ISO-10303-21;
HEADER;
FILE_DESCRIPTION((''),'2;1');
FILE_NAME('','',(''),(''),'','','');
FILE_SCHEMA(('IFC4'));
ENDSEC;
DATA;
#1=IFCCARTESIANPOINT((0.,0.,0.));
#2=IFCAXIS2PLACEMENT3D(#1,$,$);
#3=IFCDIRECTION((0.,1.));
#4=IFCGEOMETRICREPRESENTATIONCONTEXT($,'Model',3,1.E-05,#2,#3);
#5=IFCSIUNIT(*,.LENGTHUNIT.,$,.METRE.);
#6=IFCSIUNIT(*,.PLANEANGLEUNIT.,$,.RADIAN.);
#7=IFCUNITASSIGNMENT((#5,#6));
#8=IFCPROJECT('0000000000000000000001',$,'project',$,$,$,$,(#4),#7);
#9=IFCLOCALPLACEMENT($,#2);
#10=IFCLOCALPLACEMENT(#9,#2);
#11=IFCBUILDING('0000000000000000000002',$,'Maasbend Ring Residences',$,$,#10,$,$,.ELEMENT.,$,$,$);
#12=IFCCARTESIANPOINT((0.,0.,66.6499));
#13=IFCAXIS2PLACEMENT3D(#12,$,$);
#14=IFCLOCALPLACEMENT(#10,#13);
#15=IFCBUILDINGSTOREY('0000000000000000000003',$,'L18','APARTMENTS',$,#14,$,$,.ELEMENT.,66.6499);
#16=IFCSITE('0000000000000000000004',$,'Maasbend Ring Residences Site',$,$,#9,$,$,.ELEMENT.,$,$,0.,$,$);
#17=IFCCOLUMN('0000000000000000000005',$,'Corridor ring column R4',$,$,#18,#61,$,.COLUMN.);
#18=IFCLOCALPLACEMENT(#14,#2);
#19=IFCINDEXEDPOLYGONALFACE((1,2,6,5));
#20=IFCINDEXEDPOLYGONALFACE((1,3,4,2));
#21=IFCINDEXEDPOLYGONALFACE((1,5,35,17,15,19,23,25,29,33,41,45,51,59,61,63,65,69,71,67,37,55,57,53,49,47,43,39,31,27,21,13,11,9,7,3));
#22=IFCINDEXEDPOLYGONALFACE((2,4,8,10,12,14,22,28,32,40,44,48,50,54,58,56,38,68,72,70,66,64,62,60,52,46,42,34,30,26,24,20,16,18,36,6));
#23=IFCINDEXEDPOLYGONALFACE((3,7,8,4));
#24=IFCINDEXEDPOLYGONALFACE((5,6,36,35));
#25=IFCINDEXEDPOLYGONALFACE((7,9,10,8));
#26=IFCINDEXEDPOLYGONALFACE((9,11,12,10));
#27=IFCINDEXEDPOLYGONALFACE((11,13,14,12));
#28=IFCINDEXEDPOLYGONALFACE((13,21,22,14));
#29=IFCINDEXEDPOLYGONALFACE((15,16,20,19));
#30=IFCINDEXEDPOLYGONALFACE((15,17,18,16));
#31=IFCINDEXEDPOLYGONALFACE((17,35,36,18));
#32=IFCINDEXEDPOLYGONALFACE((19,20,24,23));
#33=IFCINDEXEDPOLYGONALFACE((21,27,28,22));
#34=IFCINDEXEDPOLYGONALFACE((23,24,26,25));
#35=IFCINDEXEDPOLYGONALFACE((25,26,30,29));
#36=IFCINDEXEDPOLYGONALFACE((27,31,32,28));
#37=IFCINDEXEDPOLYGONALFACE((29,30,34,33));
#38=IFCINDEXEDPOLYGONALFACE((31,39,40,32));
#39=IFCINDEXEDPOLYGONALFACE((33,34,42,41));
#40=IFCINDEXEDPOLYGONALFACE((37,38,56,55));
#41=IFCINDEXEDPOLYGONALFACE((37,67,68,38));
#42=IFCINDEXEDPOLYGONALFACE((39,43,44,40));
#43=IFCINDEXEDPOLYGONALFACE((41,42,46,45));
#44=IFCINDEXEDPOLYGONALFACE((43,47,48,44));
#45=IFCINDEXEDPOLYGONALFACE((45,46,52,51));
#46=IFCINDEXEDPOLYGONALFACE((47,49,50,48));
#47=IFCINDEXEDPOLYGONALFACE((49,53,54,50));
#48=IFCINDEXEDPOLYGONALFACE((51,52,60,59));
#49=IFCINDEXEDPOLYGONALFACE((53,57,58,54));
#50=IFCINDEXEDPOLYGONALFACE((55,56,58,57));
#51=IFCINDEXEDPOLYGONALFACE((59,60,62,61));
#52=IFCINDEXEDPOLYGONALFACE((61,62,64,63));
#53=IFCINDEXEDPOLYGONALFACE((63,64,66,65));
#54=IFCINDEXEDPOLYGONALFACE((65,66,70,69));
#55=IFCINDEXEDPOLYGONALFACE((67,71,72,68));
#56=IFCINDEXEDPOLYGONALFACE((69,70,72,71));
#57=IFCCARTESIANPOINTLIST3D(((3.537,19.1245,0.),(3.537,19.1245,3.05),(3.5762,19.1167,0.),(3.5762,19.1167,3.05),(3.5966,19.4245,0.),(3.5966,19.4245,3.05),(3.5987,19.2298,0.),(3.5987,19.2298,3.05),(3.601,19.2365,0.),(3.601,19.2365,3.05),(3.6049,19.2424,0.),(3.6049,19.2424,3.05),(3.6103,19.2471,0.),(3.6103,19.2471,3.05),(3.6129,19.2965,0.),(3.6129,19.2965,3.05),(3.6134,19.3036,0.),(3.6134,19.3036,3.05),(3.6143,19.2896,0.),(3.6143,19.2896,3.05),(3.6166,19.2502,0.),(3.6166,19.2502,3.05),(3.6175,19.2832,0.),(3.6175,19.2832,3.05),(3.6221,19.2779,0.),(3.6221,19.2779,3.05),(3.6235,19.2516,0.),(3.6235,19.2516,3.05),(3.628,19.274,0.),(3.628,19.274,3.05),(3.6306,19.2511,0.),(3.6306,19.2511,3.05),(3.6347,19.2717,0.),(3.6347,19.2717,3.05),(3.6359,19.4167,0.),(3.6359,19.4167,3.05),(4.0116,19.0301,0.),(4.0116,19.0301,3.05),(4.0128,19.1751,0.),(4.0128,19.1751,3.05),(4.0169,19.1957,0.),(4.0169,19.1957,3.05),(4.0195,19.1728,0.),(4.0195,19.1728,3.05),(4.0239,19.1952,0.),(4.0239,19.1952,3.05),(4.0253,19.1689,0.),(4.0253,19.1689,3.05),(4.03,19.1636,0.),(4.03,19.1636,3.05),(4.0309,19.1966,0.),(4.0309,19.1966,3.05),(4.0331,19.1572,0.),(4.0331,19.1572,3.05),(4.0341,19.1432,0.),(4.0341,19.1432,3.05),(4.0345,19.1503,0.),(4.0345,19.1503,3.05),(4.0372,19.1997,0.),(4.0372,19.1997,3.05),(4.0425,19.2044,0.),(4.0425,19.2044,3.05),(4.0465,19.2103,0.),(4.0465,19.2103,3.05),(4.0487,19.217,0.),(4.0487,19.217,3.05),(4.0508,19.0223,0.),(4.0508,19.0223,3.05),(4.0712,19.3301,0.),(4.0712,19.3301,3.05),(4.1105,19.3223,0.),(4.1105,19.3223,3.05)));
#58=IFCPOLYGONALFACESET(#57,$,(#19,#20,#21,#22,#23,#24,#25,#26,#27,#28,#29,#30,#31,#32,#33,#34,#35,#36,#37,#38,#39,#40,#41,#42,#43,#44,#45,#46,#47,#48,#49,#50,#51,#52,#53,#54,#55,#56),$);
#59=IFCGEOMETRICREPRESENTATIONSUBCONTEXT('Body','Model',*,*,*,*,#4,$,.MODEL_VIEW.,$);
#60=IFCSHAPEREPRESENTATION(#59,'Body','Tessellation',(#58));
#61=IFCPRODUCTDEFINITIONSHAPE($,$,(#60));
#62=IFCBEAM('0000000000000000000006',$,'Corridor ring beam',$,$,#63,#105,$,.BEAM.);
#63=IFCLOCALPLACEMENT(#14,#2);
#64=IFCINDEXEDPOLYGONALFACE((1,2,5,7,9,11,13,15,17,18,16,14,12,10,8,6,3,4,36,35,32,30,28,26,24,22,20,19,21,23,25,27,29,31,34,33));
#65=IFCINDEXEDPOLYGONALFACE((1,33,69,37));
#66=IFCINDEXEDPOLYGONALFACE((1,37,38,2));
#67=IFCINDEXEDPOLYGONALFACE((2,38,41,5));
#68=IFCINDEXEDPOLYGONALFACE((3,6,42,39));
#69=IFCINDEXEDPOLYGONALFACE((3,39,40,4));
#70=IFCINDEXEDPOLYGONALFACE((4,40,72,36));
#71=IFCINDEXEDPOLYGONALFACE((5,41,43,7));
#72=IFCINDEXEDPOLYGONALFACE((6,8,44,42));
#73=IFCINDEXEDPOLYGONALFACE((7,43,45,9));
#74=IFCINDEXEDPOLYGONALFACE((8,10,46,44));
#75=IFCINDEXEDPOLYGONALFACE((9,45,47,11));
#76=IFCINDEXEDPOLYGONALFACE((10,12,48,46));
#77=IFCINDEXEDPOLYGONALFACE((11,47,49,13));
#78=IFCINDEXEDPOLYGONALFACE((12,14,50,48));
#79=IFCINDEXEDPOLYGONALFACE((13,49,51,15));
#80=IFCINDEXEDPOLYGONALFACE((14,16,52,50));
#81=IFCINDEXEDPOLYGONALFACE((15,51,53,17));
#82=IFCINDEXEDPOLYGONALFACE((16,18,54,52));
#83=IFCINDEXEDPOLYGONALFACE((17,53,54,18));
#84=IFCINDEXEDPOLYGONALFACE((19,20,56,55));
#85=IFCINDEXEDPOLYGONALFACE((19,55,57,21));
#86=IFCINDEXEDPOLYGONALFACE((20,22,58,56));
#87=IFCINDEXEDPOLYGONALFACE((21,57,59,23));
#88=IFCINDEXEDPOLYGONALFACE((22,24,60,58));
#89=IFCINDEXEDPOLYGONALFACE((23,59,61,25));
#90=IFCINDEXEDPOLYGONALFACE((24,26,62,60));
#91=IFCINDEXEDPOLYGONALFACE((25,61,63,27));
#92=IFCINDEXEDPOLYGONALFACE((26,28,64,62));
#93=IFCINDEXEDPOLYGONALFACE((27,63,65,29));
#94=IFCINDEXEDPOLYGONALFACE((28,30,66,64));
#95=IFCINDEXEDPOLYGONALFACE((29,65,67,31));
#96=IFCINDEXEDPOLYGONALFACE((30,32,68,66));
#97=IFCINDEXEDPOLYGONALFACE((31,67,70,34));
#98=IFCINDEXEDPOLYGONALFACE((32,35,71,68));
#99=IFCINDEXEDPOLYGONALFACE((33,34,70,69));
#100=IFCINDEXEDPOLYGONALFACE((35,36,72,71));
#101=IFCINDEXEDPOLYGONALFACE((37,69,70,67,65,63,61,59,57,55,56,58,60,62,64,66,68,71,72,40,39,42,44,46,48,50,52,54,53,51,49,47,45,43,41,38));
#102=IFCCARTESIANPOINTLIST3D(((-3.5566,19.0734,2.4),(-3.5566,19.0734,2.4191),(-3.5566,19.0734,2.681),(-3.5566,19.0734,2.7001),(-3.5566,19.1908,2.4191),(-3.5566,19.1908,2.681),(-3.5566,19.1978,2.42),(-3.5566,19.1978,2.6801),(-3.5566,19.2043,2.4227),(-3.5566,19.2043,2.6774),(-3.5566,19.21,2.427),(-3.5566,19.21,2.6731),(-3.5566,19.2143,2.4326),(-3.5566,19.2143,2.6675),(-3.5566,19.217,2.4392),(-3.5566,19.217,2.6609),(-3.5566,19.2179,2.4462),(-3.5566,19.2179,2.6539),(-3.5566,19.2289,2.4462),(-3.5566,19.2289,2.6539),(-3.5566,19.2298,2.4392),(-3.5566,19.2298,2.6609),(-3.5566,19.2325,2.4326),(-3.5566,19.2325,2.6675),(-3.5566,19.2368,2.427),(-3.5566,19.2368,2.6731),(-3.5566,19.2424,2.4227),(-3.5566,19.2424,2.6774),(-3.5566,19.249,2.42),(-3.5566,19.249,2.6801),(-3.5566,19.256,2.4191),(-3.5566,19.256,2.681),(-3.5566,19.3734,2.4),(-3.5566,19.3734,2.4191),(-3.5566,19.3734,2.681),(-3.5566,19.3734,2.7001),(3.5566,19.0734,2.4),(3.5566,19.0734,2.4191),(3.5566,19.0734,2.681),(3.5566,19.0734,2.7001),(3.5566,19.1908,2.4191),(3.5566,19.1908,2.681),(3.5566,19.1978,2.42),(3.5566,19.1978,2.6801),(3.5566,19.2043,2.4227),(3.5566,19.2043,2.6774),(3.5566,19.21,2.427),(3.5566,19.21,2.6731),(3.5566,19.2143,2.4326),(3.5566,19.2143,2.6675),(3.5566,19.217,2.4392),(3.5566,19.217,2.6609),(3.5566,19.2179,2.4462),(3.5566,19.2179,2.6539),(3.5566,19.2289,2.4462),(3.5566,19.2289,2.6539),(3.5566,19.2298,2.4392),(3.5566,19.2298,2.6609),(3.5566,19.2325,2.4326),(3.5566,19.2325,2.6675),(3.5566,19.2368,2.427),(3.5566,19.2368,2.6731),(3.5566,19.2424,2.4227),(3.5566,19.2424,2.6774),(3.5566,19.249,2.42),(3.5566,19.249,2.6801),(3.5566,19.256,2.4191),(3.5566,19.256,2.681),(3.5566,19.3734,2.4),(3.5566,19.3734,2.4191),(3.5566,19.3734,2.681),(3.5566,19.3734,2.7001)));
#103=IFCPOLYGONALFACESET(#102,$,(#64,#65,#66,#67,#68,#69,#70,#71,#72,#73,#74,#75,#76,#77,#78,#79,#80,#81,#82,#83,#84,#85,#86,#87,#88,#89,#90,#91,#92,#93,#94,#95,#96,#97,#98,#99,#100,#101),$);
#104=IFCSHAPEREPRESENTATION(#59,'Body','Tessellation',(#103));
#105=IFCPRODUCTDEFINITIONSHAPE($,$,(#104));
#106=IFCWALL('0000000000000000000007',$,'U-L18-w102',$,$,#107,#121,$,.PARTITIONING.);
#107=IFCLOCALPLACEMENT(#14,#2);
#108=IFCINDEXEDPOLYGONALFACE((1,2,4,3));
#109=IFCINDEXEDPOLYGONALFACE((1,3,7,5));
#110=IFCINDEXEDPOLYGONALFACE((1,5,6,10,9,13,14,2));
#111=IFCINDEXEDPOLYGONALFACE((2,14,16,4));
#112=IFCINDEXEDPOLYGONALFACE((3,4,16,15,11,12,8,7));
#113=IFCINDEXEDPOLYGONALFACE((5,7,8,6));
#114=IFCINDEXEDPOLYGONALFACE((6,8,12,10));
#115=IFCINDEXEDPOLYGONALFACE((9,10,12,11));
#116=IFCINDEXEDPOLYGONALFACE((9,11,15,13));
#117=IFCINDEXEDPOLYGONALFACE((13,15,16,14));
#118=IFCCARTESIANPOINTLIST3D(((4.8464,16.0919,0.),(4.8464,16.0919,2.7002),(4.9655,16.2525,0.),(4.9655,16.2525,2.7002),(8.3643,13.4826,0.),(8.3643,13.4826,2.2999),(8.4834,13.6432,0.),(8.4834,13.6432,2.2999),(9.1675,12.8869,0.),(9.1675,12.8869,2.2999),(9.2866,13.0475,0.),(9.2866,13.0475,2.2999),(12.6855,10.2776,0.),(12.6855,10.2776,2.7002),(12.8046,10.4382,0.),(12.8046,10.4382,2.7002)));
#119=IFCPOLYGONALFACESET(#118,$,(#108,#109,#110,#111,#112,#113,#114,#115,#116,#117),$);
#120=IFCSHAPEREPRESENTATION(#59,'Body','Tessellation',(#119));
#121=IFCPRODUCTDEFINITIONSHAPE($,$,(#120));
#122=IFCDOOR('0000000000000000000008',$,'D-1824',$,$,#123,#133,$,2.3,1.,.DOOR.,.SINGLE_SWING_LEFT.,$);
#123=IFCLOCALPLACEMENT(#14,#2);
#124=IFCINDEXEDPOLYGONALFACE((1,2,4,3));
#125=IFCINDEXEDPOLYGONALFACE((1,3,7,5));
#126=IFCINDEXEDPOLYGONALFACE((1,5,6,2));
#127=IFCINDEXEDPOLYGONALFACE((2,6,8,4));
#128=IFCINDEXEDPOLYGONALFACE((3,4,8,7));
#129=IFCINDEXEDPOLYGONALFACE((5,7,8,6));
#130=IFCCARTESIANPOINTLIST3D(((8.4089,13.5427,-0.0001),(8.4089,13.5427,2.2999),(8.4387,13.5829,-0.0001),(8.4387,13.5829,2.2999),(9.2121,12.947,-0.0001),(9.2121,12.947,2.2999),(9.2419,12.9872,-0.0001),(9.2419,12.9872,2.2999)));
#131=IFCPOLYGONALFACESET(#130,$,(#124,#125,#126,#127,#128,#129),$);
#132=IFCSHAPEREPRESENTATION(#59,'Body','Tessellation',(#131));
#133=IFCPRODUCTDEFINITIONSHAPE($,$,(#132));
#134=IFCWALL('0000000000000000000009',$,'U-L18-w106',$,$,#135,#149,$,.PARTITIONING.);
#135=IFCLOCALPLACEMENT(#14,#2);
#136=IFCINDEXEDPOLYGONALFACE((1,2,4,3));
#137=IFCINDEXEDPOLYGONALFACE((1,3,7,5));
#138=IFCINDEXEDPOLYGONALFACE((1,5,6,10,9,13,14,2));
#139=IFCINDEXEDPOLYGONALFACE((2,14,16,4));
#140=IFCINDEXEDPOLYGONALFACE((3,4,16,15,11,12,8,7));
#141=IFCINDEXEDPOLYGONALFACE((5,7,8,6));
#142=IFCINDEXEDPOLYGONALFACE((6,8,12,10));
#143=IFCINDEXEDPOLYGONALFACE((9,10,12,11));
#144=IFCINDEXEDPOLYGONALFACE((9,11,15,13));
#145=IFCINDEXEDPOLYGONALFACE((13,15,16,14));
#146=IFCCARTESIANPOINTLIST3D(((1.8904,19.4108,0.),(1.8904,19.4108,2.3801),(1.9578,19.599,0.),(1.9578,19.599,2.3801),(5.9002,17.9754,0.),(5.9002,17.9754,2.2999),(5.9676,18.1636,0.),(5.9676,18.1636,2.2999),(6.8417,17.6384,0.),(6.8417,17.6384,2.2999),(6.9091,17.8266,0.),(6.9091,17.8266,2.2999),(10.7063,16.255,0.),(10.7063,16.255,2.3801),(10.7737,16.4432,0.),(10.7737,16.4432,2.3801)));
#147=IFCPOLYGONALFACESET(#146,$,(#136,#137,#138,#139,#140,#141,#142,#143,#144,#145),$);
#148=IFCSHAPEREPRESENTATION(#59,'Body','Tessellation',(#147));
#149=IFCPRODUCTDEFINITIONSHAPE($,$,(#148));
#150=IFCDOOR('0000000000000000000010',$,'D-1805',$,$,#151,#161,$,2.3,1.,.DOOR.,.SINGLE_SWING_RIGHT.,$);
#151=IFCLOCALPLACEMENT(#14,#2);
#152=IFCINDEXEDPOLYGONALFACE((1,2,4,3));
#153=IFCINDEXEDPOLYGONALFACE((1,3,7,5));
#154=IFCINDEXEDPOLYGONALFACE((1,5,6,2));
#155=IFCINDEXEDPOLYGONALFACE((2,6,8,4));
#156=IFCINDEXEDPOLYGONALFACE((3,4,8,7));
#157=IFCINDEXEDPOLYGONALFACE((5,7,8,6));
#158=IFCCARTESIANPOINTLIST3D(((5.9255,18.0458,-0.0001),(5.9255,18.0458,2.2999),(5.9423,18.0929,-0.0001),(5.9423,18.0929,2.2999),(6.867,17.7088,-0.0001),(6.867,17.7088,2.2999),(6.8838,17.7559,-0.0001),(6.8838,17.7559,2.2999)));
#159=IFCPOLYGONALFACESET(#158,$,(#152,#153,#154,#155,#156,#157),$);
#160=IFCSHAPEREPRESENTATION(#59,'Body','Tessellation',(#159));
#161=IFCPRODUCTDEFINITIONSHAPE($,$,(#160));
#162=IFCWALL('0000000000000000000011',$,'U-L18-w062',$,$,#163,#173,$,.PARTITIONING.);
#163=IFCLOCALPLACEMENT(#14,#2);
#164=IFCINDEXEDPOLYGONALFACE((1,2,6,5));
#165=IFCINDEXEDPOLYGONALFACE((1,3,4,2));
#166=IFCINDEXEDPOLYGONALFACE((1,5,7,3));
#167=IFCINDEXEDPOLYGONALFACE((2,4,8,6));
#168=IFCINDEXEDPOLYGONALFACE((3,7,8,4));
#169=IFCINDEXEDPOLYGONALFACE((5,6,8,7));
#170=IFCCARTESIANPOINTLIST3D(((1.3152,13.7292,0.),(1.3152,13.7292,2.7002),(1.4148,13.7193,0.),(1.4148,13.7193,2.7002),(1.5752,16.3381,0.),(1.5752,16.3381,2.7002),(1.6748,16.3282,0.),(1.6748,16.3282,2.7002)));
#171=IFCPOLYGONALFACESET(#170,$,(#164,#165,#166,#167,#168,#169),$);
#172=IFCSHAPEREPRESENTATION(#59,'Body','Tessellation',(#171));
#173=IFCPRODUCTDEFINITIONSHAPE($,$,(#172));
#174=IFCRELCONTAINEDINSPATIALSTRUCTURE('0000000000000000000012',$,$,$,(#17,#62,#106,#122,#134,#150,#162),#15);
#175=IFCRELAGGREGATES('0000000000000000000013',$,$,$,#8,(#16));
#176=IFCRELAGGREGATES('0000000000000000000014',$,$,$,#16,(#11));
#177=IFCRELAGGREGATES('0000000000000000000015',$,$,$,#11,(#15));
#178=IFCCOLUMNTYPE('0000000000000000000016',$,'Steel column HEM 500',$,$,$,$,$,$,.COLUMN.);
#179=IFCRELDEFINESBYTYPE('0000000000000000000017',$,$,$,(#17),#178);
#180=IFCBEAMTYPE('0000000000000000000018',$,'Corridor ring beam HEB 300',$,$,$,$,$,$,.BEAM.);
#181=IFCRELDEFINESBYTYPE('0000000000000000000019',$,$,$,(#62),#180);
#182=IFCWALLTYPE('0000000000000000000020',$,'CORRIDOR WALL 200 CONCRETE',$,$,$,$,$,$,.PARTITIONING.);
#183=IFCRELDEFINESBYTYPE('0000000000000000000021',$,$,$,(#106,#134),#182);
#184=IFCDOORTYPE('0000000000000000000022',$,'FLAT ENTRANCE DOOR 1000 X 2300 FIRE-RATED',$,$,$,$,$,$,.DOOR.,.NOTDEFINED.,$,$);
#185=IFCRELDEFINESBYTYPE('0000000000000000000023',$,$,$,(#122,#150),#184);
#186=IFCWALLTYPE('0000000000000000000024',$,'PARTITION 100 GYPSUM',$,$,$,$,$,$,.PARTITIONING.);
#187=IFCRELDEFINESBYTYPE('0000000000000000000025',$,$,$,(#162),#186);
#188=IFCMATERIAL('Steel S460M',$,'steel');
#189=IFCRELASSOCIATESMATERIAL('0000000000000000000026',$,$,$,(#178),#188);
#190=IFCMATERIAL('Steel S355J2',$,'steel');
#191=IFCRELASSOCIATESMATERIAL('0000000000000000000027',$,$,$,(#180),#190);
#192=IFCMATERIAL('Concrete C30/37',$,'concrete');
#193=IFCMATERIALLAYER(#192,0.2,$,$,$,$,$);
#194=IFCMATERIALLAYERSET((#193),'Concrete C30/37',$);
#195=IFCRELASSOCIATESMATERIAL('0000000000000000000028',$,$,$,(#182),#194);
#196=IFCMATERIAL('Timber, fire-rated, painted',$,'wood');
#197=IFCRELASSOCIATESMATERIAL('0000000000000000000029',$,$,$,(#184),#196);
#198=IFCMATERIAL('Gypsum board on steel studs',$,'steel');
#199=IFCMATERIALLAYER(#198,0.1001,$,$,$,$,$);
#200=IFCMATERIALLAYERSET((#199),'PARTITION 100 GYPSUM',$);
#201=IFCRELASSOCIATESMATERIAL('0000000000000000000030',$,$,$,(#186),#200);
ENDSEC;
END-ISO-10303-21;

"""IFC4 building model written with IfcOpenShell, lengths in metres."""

from ifc_helpers import new_model, si_unit, direction, frame, frame_2d, origin, origin_2d, place, context, subcontext, project, spatial, rectangle, i_section, extrude, material, layer, layer_set, material_profile, profile_set, type_object, element, fill, save


model = new_model("IFC4")

# Units and contexts
model_context = context("Model", 3, precision=1e-05, world=origin(), true_north=direction((0.0, 1.0)))
body_context = subcontext(model_context, "Body", "Model", "MODEL_VIEW")
ifc_project = project(units=[si_unit("LENGTHUNIT", "METRE"), si_unit("PLANEANGLEUNIT", "RADIAN")], contexts=[model_context])

# Site, building, storey
site_placement = place(None, origin())
site = spatial("IfcSite", under=ifc_project, at=site_placement, Name="Maasbend Ring Residences Site", CompositionType="ELEMENT", RefElevation=0.0)
building_placement = place(site_placement, origin())
building = spatial("IfcBuilding", under=site, at=building_placement, Name="Maasbend Ring Residences", CompositionType="ELEMENT")
storey_placement = place(building_placement, frame((0.0, 0.0, 66.6499)))
storey = spatial("IfcBuildingStorey", under=building, at=storey_placement, Name="L18", Description="APARTMENTS", CompositionType="ELEMENT", Elevation=66.6499)

# Column
ifc_material_1 = material(Name="Steel S460M", Category="steel")
ifc_material_profile_1 = material_profile(ifc_material_1, i_section(OverallWidth=0.3059, OverallDepth=0.5239, WebThickness=0.021, FlangeThickness=0.04, FilletRadius=0.0271, at=origin_2d()), Name="HEM 500")
ifc_profile_set_1 = profile_set([ifc_material_profile_1], Name="Steel S460M")
column_type = type_object("IfcColumnType", Name="Steel column HEM 500", PredefinedType="COLUMN", material=ifc_profile_set_1)
column_placement = place(storey_placement, frame((3.8237, 19.2234, 0.0), z_axis=(0.0, 0.0, 1.0), x_axis=(0.19509, 0.980785, 0.0)))
element("IfcColumn", 1, at=column_placement, inside=storey, type_object=column_type, Name="Corridor ring column R4", PredefinedType="COLUMN", context=body_context, shape_type="SweptSolid", body=[
    extrude(i_section(OverallWidth=0.3059, OverallDepth=0.5239, WebThickness=0.021, FlangeThickness=0.04, FilletRadius=0.0271, at=origin_2d()), origin(), (0.0, 0.0, 1.0), 3.05),
])

# Beam
ifc_material_2 = material(Name="Steel S355J2", Category="steel")
ifc_material_profile_2 = material_profile(ifc_material_2, i_section(OverallWidth=0.3, OverallDepth=0.3, WebThickness=0.011, FlangeThickness=0.019, FilletRadius=0.0271, at=origin_2d()), Name="HEB 300")
ifc_profile_set_2 = profile_set([ifc_material_profile_2], Name="Steel S355J2")
beam_type = type_object("IfcBeamType", Name="Corridor ring beam HEB 300", PredefinedType="BEAM", material=ifc_profile_set_2)
beam_placement = place(storey_placement, frame((3.5566, 19.2234, 2.55), z_axis=(-1.0, 0.0, 0.0), x_axis=(0.0, -1.0, 0.0)))
element("IfcBeam", 2, at=beam_placement, inside=storey, type_object=beam_type, Name="Corridor ring beam", PredefinedType="BEAM", context=body_context, shape_type="SweptSolid", body=[
    extrude(i_section(OverallWidth=0.3, OverallDepth=0.3, WebThickness=0.011, FlangeThickness=0.019, FilletRadius=0.0271, at=origin_2d()), origin(), (0.0, 0.0, 1.0), 7.1133),
])

# Walls, openings, doors
ifc_material_3 = material(Name="Concrete C30/37", Category="concrete")
ifc_layer_1 = layer(ifc_material_3, 0.2)
ifc_layer_set_1 = layer_set([ifc_layer_1], Name="Concrete C30/37")
wall_type_1 = type_object("IfcWallType", Name="CORRIDOR WALL 200 CONCRETE", PredefinedType="PARTITIONING", material=ifc_layer_set_1)
wall_1_placement = place(storey_placement, frame((4.906, 16.1721, 0.0), z_axis=(0.0, 0.0, 1.0), x_axis=(0.803191, -0.595721, 0.0)))
wall_1 = element("IfcWall", 3, at=wall_1_placement, inside=storey, type_object=wall_type_1, Name="U-L18-w102", PredefinedType="PARTITIONING", context=body_context, shape_type="SweptSolid", body=[
    extrude(rectangle(XDim=9.76, YDim=0.2, at=frame_2d((4.8799, 0.0))), origin(), (0.0, 0.0, 1.0), 2.7002),
])
opening_1_placement = place(wall_1_placement, frame((4.3799, 0.0, 0.0)))
opening_1 = element("IfcOpeningElement", 4, at=opening_1_placement, cuts=wall_1, PredefinedType="OPENING", context=body_context, shape_type="SweptSolid", body=[
    extrude(rectangle(XDim=1.0, YDim=2.3, at=frame_2d((0.5, 1.1499))), frame((0.0, 0.1099, 0.0), z_axis=(0.0, -1.0, 0.0), x_axis=(1.0, 0.0, 0.0)), (0.0, 0.0, 1.0), 0.22),
])
ifc_material_4 = material(Name="Timber, fire-rated, painted", Category="wood")
door_type_1 = type_object("IfcDoorType", Name="FLAT ENTRANCE DOOR 1000 X 2300 FIRE-RATED", OperationType="NOTDEFINED", PredefinedType="DOOR", material=ifc_material_4)
door_1_placement = place(opening_1_placement, origin())
door_1 = element("IfcDoor", 5, at=door_1_placement, inside=storey, type_object=door_type_1, Name="D-1824", OperationType="SINGLE_SWING_LEFT", OverallHeight=2.3, OverallWidth=1.0, PredefinedType="DOOR", context=body_context, shape_type="SweptSolid", body=[
    extrude(rectangle(XDim=1.0, YDim=2.3, at=frame_2d((0.5, 1.1499))), frame((0.0, 0.0249, 0.0), z_axis=(0.0, -1.0, 0.0), x_axis=(1.0, 0.0, 0.0)), (0.0, 0.0, 1.0), 0.05),
])
fill(opening_1, door_1)
wall_2_placement = place(storey_placement, frame((1.9241, 19.5049, 0.0), z_axis=(0.0, 0.0, 1.0), x_axis=(0.941497, -0.33702, 0.0)))
wall_2 = element("IfcWall", 6, at=wall_2_placement, inside=storey, type_object=wall_type_1, Name="U-L18-w106", PredefinedType="PARTITIONING", context=body_context, shape_type="SweptSolid", body=[
    extrude(rectangle(XDim=9.3638, YDim=0.2, at=frame_2d((4.6819, 0.0))), origin(), (0.0, 0.0, 1.0), 2.3801),
])
opening_2_placement = place(wall_2_placement, frame((4.259, 0.0, 0.0)))
opening_2 = element("IfcOpeningElement", 7, at=opening_2_placement, cuts=wall_2, PredefinedType="OPENING", context=body_context, shape_type="SweptSolid", body=[
    extrude(rectangle(XDim=1.0, YDim=2.3, at=frame_2d((0.5, 1.1499))), frame((0.0, 0.1099, 0.0), z_axis=(0.0, -1.0, 0.0), x_axis=(1.0, 0.0, 0.0)), (0.0, 0.0, 1.0), 0.22),
])
door_2_placement = place(opening_2_placement, origin())
door_2 = element("IfcDoor", 8, at=door_2_placement, inside=storey, type_object=door_type_1, Name="D-1805", OperationType="SINGLE_SWING_RIGHT", OverallHeight=2.3, OverallWidth=1.0, PredefinedType="DOOR", context=body_context, shape_type="SweptSolid", body=[
    extrude(rectangle(XDim=1.0, YDim=2.3, at=frame_2d((0.5, 1.1499))), frame((0.0, 0.0249, 0.0), z_axis=(0.0, -1.0, 0.0), x_axis=(1.0, 0.0, 0.0)), (0.0, 0.0, 1.0), 0.05),
])
fill(opening_2, door_2)

# Wall
ifc_material_5 = material(Name="Gypsum board on steel studs", Category="steel")
ifc_layer_2 = layer(ifc_material_5, 0.1001)
ifc_layer_set_2 = layer_set([ifc_layer_2], Name="PARTITION 100 GYPSUM")
wall_type_2 = type_object("IfcWallType", Name="PARTITION 100 GYPSUM", PredefinedType="PARTITIONING", material=ifc_layer_set_2)
wall_3_placement = place(storey_placement, frame((1.365, 13.7241, 0.0), z_axis=(0.0, 0.0, 1.0), x_axis=(0.099172, 0.99507, 0.0)))
element("IfcWall", 9, at=wall_3_placement, inside=storey, type_object=wall_type_2, Name="U-L18-w062", PredefinedType="PARTITIONING", context=body_context, shape_type="SweptSolid", body=[
    extrude(rectangle(XDim=2.6218, YDim=0.1001, at=frame_2d((1.311, 0.0))), origin(), (0.0, 0.0, 1.0), 2.7002),
])

save(model, "model.ifc")
